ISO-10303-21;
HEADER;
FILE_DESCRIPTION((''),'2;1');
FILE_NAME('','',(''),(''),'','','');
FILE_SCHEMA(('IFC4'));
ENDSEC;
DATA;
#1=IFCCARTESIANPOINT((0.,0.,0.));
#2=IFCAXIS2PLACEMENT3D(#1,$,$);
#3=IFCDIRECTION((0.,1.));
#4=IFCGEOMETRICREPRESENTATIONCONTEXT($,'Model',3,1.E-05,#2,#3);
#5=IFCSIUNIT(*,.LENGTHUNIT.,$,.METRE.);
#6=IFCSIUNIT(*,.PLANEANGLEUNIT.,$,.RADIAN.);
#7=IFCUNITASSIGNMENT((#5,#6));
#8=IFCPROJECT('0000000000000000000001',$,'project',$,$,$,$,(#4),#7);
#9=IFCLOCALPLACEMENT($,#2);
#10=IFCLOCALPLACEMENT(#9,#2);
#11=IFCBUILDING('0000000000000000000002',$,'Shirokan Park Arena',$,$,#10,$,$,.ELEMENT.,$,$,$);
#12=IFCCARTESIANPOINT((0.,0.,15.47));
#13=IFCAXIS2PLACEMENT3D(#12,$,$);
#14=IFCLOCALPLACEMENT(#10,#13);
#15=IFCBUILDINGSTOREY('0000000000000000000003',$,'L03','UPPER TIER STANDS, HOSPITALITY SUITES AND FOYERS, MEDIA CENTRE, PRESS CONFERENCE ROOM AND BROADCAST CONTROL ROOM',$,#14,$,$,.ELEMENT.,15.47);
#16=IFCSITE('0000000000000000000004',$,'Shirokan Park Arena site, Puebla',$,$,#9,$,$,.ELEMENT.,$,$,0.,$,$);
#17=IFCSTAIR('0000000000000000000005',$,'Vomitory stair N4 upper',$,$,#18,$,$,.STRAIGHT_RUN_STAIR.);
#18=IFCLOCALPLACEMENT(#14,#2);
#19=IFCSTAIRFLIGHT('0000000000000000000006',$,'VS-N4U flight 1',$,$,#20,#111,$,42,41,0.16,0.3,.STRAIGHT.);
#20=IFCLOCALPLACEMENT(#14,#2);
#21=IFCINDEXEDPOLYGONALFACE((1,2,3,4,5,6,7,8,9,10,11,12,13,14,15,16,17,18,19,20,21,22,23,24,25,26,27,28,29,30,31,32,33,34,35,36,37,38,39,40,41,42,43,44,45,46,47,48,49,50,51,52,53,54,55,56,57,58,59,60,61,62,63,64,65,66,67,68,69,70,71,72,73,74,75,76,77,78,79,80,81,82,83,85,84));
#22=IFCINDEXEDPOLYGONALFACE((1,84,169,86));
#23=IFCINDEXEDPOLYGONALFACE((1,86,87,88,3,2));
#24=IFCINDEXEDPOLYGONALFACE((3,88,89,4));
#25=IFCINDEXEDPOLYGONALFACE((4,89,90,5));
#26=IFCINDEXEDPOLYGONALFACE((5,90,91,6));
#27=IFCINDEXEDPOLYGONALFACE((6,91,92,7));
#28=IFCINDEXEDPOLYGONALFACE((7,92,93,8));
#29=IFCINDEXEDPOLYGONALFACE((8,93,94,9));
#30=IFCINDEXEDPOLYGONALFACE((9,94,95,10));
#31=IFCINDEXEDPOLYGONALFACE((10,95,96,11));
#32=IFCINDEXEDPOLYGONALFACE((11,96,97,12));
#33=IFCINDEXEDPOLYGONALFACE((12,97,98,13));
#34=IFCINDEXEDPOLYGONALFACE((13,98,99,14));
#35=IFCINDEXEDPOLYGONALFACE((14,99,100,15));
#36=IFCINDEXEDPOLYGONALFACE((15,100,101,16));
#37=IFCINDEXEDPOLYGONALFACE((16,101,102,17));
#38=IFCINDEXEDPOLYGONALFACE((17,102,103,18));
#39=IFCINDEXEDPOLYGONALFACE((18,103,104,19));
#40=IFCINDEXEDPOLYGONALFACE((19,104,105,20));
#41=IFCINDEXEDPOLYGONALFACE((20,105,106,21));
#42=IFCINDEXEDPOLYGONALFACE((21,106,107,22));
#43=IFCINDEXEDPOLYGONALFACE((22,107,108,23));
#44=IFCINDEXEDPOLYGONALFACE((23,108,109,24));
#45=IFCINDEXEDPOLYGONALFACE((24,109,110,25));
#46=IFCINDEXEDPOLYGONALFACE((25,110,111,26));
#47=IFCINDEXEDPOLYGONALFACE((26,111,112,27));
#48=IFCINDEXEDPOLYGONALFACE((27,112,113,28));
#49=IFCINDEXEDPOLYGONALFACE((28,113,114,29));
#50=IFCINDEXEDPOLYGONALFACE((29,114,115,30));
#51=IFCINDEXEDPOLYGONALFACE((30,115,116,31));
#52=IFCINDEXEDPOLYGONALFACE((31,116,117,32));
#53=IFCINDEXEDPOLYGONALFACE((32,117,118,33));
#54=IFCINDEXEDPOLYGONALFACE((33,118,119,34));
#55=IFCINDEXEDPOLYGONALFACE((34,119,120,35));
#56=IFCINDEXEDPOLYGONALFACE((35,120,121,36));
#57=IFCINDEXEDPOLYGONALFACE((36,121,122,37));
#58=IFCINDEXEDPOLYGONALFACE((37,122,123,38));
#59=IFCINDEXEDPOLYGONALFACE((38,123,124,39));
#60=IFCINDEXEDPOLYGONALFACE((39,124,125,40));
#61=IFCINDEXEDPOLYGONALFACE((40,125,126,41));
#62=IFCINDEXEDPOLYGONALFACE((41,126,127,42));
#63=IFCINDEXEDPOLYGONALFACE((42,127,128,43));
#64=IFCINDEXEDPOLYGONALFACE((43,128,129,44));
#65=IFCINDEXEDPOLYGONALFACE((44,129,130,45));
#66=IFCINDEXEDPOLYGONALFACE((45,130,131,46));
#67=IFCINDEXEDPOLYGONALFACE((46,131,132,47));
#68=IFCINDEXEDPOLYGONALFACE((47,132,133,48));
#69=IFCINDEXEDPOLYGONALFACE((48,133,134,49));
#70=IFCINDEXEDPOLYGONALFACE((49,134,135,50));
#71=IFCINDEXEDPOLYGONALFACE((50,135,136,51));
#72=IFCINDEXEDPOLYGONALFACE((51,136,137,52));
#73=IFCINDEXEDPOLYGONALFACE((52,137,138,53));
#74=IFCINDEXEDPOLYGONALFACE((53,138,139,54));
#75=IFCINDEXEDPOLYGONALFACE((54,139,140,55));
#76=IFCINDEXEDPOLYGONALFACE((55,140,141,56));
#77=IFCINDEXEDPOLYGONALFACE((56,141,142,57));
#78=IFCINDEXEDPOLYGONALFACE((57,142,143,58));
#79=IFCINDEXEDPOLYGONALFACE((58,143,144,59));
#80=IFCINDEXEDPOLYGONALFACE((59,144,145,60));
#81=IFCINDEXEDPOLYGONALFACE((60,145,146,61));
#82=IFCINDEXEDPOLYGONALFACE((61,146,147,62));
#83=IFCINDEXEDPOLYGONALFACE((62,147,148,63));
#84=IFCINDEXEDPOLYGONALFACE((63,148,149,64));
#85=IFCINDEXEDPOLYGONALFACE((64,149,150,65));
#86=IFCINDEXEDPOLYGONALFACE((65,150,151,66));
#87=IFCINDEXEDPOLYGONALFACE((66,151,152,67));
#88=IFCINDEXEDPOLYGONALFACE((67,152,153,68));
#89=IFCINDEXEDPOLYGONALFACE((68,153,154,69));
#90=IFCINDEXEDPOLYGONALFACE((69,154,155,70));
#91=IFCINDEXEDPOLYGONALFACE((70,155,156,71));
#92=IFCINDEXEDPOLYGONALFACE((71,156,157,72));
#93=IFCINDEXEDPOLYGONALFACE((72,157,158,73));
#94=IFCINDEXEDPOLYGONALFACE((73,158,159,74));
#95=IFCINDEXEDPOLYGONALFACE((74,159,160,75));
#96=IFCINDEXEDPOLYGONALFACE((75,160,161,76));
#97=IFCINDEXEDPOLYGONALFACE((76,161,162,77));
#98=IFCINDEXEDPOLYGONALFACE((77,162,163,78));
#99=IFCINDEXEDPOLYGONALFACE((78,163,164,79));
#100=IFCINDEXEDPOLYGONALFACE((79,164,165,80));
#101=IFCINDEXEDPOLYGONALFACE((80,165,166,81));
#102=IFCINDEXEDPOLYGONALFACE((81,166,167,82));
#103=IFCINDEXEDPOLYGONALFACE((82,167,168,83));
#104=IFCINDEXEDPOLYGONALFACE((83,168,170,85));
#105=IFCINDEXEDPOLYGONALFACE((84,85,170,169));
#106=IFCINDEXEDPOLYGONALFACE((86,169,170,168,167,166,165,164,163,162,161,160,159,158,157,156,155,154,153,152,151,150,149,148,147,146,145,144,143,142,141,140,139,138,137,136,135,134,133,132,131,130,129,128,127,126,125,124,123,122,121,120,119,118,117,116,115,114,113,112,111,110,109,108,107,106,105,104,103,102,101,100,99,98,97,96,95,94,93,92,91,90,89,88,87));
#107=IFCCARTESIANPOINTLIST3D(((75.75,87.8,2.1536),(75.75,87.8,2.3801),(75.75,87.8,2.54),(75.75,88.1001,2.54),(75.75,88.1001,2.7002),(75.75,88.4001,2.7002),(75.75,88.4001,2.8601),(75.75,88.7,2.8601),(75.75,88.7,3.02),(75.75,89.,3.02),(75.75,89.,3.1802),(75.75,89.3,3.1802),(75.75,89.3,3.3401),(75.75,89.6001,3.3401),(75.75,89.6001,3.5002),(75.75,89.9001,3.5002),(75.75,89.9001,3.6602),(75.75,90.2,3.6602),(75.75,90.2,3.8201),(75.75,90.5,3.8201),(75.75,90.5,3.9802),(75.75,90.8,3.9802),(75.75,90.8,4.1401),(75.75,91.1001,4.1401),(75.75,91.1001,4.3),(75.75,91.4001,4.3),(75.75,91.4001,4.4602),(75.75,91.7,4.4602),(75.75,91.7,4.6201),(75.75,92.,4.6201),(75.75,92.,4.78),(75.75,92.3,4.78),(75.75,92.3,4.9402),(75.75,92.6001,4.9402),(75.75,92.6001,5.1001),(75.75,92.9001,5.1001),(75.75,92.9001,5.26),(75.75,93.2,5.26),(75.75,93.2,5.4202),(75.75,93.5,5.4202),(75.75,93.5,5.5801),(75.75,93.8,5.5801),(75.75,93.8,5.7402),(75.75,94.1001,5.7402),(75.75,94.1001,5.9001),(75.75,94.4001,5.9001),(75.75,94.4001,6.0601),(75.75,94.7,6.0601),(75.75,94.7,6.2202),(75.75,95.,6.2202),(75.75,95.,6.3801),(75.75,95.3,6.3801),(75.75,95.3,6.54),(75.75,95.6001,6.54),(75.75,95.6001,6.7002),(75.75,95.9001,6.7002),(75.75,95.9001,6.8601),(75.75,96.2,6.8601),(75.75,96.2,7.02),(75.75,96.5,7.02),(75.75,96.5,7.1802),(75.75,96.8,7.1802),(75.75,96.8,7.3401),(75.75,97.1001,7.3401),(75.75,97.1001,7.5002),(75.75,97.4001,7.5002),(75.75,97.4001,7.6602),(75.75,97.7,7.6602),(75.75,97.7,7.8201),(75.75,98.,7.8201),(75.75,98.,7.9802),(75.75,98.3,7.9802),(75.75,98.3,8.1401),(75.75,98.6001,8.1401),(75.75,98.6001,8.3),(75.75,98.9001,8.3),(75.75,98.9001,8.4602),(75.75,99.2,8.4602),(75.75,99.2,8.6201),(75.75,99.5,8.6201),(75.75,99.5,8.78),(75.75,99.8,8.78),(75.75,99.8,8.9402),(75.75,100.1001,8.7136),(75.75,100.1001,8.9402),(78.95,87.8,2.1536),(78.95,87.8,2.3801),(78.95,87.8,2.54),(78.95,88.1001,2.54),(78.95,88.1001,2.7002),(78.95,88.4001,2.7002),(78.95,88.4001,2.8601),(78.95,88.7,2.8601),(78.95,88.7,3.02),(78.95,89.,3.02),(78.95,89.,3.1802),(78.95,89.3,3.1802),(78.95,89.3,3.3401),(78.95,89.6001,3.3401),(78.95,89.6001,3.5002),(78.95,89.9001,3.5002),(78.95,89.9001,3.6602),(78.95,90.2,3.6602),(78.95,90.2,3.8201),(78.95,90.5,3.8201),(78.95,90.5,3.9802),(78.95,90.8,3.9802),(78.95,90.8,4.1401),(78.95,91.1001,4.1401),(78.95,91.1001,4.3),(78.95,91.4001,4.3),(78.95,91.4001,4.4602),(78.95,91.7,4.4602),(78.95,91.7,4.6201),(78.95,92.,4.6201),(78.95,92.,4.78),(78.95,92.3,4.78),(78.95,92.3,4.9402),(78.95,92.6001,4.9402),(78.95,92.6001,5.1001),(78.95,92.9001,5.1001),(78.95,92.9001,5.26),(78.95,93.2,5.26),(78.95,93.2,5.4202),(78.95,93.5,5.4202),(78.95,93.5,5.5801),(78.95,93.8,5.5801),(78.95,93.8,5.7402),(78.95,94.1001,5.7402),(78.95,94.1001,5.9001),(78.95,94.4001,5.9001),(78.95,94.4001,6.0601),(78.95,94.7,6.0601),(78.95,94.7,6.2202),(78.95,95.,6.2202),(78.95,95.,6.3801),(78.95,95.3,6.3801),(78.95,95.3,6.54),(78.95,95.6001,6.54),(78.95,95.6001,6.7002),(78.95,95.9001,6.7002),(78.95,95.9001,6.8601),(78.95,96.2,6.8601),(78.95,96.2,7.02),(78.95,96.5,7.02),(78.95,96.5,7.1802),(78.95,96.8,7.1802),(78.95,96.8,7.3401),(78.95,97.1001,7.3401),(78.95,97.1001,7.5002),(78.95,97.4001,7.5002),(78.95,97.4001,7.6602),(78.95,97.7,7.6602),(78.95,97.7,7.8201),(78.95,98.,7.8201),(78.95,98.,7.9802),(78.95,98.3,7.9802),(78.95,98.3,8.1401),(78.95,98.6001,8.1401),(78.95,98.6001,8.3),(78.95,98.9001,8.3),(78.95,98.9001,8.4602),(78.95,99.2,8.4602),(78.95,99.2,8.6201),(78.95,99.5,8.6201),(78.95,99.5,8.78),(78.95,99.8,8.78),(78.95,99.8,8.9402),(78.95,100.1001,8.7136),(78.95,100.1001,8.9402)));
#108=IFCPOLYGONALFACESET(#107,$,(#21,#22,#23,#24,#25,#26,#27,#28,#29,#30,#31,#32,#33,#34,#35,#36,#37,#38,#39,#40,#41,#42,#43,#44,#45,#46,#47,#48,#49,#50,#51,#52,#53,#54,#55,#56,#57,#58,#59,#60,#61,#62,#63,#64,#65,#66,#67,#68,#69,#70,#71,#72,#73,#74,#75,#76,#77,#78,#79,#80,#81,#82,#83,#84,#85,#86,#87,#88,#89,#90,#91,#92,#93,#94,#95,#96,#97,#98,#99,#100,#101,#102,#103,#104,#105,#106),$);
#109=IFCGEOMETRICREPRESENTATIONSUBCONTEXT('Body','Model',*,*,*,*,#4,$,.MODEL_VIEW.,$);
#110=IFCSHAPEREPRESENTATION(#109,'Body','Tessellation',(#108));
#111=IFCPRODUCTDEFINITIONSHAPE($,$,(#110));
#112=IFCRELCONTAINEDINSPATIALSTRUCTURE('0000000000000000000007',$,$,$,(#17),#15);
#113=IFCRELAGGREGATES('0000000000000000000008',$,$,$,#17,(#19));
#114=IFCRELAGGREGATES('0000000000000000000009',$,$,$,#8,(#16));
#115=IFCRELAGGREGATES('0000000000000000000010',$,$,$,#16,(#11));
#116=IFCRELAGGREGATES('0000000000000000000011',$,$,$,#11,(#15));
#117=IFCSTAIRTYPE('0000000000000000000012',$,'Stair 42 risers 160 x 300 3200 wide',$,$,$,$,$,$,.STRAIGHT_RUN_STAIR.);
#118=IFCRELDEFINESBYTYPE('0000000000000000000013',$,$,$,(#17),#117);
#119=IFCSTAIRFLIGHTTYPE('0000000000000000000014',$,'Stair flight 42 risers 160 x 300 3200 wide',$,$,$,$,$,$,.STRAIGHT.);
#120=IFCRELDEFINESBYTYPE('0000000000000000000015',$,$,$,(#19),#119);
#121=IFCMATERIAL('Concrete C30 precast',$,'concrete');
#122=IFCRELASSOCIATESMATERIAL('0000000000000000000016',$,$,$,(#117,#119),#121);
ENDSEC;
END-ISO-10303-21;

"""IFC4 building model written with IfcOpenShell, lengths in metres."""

from ifc_helpers import new_model, si_unit, direction, frame, origin, place, context, subcontext, project, spatial, polyline, outline, extrude, material, type_object, element, aggregate, save


model = new_model("IFC4")

# Units and contexts
model_context = context("Model", 3, precision=1e-05, world=origin(), true_north=direction((0.0, 1.0)))
body_context = subcontext(model_context, "Body", "Model", "MODEL_VIEW")
ifc_project = project(units=[si_unit("LENGTHUNIT", "METRE"), si_unit("PLANEANGLEUNIT", "RADIAN")], contexts=[model_context])

# Site, building, storey
site_placement = place(None, origin())
site = spatial("IfcSite", under=ifc_project, at=site_placement, Name="Shirokan Park Arena site, Puebla", CompositionType="ELEMENT", RefElevation=0.0)
building_placement = place(site_placement, origin())
building = spatial("IfcBuilding", under=site, at=building_placement, Name="Shirokan Park Arena", CompositionType="ELEMENT")
storey_placement = place(building_placement, frame((0.0, 0.0, 15.47)))
storey = spatial("IfcBuildingStorey", under=building, at=storey_placement, Name="L03", Description="UPPER TIER STANDS, HOSPITALITY SUITES AND FOYERS, MEDIA CENTRE, PRESS CONFERENCE ROOM AND BROADCAST CONTROL ROOM", CompositionType="ELEMENT", Elevation=15.47)

# Stair, stair flight
ifc_material_1 = material(Name="Concrete C30 precast", Category="concrete")
stair_type = type_object("IfcStairType", Name="Stair 42 risers 160 x 300 3200 wide", PredefinedType="STRAIGHT_RUN_STAIR", material=ifc_material_1)
stair_1_placement = place(storey_placement, origin())
stair_1 = element("IfcStair", 1, at=stair_1_placement, inside=storey, type_object=stair_type, Name="Vomitory stair N4 upper", PredefinedType="STRAIGHT_RUN_STAIR")
stair_flight_type = type_object("IfcStairFlightType", Name="Stair flight 42 risers 160 x 300 3200 wide", PredefinedType="STRAIGHT", material=ifc_material_1)
stair_flight_1_placement = place(storey_placement, frame((77.3501, 87.8, 2.3801), z_axis=(0.0, 0.0, 1.0), x_axis=(0.0, 1.0, 0.0)))
stair_flight_1 = element("IfcStairFlight", 2, at=stair_flight_1_placement, type_object=stair_flight_type, Name="VS-N4U flight 1", NumberOfRisers=42, NumberOfTreads=41, PredefinedType="STRAIGHT", RiserHeight=0.16, TreadLength=0.3, context=body_context, shape_type="SweptSolid", body=[
    extrude(outline(polyline([(0.0, -0.2266), (0.0, 0.0), (0.0, 0.1599), (0.3, 0.1599), (0.3, 0.3201), (0.6001, 0.3201), (0.6001, 0.48), (0.8999, 0.48), (0.8999, 0.6399), (1.2, 0.6399), (1.2, 0.8), (1.5, 0.8), (1.5, 0.96), (1.8, 0.96), (1.8, 1.1201), (2.1001, 1.1201), (2.1001, 1.28), (2.3999, 1.28), (2.3999, 1.4399), (2.7, 1.4399), (2.7, 1.6001), (3.0, 1.6001), (3.0, 1.76), (3.3, 1.76), (3.3, 1.9199), (3.6001, 1.9199), (3.6001, 2.0801), (3.8999, 2.0801), (3.8999, 2.24), (4.2, 2.24), (4.2, 2.3999), (4.5, 2.3999), (4.5, 2.5601), (4.8, 2.5601), (4.8, 2.72), (5.1001, 2.72), (5.1001, 2.8799), (5.3999, 2.8799), (5.3999, 3.04), (5.7, 3.04), (5.7, 3.2), (6.0, 3.2), (6.0, 3.3601), (6.3, 3.3601), (6.3, 3.52), (6.6001, 3.52), (6.6001, 3.6799), (6.8999, 3.6799), (6.8999, 3.8401), (7.2, 3.8401), (7.2, 4.0), (7.5, 4.0), (7.5, 4.1599), (7.8, 4.1599), (7.8, 4.3201), (8.1001, 4.3201), (8.1001, 4.48), (8.3999, 4.48), (8.3999, 4.6399), (8.7, 4.6399), (8.7, 4.8), (9.0, 4.8), (9.0, 4.96), (9.3, 4.96), (9.3, 5.1201), (9.6001, 5.1201), (9.6001, 5.28), (9.8999, 5.28), (9.8999, 5.4399), (10.2, 5.4399), (10.2, 5.6001), (10.5, 5.6001), (10.5, 5.76), (10.8, 5.76), (10.8, 5.9199), (11.1001, 5.9199), (11.1001, 6.0801), (11.3999, 6.0801), (11.3999, 6.24), (11.7, 6.24), (11.7, 6.3999), (12.0, 6.3999), (12.0, 6.5601), (12.3, 6.5601), (12.3, 6.72), (12.3, 6.3335), (0.0, -0.2266)])), frame((0.0, 1.6001, 0.0), z_axis=(0.0, -1.0, 0.0), x_axis=(1.0, 0.0, 0.0)), (0.0, 0.0, 1.0), 3.2),
])
aggregate(stair_1, [stair_flight_1])

save(model, "model.ifc")
